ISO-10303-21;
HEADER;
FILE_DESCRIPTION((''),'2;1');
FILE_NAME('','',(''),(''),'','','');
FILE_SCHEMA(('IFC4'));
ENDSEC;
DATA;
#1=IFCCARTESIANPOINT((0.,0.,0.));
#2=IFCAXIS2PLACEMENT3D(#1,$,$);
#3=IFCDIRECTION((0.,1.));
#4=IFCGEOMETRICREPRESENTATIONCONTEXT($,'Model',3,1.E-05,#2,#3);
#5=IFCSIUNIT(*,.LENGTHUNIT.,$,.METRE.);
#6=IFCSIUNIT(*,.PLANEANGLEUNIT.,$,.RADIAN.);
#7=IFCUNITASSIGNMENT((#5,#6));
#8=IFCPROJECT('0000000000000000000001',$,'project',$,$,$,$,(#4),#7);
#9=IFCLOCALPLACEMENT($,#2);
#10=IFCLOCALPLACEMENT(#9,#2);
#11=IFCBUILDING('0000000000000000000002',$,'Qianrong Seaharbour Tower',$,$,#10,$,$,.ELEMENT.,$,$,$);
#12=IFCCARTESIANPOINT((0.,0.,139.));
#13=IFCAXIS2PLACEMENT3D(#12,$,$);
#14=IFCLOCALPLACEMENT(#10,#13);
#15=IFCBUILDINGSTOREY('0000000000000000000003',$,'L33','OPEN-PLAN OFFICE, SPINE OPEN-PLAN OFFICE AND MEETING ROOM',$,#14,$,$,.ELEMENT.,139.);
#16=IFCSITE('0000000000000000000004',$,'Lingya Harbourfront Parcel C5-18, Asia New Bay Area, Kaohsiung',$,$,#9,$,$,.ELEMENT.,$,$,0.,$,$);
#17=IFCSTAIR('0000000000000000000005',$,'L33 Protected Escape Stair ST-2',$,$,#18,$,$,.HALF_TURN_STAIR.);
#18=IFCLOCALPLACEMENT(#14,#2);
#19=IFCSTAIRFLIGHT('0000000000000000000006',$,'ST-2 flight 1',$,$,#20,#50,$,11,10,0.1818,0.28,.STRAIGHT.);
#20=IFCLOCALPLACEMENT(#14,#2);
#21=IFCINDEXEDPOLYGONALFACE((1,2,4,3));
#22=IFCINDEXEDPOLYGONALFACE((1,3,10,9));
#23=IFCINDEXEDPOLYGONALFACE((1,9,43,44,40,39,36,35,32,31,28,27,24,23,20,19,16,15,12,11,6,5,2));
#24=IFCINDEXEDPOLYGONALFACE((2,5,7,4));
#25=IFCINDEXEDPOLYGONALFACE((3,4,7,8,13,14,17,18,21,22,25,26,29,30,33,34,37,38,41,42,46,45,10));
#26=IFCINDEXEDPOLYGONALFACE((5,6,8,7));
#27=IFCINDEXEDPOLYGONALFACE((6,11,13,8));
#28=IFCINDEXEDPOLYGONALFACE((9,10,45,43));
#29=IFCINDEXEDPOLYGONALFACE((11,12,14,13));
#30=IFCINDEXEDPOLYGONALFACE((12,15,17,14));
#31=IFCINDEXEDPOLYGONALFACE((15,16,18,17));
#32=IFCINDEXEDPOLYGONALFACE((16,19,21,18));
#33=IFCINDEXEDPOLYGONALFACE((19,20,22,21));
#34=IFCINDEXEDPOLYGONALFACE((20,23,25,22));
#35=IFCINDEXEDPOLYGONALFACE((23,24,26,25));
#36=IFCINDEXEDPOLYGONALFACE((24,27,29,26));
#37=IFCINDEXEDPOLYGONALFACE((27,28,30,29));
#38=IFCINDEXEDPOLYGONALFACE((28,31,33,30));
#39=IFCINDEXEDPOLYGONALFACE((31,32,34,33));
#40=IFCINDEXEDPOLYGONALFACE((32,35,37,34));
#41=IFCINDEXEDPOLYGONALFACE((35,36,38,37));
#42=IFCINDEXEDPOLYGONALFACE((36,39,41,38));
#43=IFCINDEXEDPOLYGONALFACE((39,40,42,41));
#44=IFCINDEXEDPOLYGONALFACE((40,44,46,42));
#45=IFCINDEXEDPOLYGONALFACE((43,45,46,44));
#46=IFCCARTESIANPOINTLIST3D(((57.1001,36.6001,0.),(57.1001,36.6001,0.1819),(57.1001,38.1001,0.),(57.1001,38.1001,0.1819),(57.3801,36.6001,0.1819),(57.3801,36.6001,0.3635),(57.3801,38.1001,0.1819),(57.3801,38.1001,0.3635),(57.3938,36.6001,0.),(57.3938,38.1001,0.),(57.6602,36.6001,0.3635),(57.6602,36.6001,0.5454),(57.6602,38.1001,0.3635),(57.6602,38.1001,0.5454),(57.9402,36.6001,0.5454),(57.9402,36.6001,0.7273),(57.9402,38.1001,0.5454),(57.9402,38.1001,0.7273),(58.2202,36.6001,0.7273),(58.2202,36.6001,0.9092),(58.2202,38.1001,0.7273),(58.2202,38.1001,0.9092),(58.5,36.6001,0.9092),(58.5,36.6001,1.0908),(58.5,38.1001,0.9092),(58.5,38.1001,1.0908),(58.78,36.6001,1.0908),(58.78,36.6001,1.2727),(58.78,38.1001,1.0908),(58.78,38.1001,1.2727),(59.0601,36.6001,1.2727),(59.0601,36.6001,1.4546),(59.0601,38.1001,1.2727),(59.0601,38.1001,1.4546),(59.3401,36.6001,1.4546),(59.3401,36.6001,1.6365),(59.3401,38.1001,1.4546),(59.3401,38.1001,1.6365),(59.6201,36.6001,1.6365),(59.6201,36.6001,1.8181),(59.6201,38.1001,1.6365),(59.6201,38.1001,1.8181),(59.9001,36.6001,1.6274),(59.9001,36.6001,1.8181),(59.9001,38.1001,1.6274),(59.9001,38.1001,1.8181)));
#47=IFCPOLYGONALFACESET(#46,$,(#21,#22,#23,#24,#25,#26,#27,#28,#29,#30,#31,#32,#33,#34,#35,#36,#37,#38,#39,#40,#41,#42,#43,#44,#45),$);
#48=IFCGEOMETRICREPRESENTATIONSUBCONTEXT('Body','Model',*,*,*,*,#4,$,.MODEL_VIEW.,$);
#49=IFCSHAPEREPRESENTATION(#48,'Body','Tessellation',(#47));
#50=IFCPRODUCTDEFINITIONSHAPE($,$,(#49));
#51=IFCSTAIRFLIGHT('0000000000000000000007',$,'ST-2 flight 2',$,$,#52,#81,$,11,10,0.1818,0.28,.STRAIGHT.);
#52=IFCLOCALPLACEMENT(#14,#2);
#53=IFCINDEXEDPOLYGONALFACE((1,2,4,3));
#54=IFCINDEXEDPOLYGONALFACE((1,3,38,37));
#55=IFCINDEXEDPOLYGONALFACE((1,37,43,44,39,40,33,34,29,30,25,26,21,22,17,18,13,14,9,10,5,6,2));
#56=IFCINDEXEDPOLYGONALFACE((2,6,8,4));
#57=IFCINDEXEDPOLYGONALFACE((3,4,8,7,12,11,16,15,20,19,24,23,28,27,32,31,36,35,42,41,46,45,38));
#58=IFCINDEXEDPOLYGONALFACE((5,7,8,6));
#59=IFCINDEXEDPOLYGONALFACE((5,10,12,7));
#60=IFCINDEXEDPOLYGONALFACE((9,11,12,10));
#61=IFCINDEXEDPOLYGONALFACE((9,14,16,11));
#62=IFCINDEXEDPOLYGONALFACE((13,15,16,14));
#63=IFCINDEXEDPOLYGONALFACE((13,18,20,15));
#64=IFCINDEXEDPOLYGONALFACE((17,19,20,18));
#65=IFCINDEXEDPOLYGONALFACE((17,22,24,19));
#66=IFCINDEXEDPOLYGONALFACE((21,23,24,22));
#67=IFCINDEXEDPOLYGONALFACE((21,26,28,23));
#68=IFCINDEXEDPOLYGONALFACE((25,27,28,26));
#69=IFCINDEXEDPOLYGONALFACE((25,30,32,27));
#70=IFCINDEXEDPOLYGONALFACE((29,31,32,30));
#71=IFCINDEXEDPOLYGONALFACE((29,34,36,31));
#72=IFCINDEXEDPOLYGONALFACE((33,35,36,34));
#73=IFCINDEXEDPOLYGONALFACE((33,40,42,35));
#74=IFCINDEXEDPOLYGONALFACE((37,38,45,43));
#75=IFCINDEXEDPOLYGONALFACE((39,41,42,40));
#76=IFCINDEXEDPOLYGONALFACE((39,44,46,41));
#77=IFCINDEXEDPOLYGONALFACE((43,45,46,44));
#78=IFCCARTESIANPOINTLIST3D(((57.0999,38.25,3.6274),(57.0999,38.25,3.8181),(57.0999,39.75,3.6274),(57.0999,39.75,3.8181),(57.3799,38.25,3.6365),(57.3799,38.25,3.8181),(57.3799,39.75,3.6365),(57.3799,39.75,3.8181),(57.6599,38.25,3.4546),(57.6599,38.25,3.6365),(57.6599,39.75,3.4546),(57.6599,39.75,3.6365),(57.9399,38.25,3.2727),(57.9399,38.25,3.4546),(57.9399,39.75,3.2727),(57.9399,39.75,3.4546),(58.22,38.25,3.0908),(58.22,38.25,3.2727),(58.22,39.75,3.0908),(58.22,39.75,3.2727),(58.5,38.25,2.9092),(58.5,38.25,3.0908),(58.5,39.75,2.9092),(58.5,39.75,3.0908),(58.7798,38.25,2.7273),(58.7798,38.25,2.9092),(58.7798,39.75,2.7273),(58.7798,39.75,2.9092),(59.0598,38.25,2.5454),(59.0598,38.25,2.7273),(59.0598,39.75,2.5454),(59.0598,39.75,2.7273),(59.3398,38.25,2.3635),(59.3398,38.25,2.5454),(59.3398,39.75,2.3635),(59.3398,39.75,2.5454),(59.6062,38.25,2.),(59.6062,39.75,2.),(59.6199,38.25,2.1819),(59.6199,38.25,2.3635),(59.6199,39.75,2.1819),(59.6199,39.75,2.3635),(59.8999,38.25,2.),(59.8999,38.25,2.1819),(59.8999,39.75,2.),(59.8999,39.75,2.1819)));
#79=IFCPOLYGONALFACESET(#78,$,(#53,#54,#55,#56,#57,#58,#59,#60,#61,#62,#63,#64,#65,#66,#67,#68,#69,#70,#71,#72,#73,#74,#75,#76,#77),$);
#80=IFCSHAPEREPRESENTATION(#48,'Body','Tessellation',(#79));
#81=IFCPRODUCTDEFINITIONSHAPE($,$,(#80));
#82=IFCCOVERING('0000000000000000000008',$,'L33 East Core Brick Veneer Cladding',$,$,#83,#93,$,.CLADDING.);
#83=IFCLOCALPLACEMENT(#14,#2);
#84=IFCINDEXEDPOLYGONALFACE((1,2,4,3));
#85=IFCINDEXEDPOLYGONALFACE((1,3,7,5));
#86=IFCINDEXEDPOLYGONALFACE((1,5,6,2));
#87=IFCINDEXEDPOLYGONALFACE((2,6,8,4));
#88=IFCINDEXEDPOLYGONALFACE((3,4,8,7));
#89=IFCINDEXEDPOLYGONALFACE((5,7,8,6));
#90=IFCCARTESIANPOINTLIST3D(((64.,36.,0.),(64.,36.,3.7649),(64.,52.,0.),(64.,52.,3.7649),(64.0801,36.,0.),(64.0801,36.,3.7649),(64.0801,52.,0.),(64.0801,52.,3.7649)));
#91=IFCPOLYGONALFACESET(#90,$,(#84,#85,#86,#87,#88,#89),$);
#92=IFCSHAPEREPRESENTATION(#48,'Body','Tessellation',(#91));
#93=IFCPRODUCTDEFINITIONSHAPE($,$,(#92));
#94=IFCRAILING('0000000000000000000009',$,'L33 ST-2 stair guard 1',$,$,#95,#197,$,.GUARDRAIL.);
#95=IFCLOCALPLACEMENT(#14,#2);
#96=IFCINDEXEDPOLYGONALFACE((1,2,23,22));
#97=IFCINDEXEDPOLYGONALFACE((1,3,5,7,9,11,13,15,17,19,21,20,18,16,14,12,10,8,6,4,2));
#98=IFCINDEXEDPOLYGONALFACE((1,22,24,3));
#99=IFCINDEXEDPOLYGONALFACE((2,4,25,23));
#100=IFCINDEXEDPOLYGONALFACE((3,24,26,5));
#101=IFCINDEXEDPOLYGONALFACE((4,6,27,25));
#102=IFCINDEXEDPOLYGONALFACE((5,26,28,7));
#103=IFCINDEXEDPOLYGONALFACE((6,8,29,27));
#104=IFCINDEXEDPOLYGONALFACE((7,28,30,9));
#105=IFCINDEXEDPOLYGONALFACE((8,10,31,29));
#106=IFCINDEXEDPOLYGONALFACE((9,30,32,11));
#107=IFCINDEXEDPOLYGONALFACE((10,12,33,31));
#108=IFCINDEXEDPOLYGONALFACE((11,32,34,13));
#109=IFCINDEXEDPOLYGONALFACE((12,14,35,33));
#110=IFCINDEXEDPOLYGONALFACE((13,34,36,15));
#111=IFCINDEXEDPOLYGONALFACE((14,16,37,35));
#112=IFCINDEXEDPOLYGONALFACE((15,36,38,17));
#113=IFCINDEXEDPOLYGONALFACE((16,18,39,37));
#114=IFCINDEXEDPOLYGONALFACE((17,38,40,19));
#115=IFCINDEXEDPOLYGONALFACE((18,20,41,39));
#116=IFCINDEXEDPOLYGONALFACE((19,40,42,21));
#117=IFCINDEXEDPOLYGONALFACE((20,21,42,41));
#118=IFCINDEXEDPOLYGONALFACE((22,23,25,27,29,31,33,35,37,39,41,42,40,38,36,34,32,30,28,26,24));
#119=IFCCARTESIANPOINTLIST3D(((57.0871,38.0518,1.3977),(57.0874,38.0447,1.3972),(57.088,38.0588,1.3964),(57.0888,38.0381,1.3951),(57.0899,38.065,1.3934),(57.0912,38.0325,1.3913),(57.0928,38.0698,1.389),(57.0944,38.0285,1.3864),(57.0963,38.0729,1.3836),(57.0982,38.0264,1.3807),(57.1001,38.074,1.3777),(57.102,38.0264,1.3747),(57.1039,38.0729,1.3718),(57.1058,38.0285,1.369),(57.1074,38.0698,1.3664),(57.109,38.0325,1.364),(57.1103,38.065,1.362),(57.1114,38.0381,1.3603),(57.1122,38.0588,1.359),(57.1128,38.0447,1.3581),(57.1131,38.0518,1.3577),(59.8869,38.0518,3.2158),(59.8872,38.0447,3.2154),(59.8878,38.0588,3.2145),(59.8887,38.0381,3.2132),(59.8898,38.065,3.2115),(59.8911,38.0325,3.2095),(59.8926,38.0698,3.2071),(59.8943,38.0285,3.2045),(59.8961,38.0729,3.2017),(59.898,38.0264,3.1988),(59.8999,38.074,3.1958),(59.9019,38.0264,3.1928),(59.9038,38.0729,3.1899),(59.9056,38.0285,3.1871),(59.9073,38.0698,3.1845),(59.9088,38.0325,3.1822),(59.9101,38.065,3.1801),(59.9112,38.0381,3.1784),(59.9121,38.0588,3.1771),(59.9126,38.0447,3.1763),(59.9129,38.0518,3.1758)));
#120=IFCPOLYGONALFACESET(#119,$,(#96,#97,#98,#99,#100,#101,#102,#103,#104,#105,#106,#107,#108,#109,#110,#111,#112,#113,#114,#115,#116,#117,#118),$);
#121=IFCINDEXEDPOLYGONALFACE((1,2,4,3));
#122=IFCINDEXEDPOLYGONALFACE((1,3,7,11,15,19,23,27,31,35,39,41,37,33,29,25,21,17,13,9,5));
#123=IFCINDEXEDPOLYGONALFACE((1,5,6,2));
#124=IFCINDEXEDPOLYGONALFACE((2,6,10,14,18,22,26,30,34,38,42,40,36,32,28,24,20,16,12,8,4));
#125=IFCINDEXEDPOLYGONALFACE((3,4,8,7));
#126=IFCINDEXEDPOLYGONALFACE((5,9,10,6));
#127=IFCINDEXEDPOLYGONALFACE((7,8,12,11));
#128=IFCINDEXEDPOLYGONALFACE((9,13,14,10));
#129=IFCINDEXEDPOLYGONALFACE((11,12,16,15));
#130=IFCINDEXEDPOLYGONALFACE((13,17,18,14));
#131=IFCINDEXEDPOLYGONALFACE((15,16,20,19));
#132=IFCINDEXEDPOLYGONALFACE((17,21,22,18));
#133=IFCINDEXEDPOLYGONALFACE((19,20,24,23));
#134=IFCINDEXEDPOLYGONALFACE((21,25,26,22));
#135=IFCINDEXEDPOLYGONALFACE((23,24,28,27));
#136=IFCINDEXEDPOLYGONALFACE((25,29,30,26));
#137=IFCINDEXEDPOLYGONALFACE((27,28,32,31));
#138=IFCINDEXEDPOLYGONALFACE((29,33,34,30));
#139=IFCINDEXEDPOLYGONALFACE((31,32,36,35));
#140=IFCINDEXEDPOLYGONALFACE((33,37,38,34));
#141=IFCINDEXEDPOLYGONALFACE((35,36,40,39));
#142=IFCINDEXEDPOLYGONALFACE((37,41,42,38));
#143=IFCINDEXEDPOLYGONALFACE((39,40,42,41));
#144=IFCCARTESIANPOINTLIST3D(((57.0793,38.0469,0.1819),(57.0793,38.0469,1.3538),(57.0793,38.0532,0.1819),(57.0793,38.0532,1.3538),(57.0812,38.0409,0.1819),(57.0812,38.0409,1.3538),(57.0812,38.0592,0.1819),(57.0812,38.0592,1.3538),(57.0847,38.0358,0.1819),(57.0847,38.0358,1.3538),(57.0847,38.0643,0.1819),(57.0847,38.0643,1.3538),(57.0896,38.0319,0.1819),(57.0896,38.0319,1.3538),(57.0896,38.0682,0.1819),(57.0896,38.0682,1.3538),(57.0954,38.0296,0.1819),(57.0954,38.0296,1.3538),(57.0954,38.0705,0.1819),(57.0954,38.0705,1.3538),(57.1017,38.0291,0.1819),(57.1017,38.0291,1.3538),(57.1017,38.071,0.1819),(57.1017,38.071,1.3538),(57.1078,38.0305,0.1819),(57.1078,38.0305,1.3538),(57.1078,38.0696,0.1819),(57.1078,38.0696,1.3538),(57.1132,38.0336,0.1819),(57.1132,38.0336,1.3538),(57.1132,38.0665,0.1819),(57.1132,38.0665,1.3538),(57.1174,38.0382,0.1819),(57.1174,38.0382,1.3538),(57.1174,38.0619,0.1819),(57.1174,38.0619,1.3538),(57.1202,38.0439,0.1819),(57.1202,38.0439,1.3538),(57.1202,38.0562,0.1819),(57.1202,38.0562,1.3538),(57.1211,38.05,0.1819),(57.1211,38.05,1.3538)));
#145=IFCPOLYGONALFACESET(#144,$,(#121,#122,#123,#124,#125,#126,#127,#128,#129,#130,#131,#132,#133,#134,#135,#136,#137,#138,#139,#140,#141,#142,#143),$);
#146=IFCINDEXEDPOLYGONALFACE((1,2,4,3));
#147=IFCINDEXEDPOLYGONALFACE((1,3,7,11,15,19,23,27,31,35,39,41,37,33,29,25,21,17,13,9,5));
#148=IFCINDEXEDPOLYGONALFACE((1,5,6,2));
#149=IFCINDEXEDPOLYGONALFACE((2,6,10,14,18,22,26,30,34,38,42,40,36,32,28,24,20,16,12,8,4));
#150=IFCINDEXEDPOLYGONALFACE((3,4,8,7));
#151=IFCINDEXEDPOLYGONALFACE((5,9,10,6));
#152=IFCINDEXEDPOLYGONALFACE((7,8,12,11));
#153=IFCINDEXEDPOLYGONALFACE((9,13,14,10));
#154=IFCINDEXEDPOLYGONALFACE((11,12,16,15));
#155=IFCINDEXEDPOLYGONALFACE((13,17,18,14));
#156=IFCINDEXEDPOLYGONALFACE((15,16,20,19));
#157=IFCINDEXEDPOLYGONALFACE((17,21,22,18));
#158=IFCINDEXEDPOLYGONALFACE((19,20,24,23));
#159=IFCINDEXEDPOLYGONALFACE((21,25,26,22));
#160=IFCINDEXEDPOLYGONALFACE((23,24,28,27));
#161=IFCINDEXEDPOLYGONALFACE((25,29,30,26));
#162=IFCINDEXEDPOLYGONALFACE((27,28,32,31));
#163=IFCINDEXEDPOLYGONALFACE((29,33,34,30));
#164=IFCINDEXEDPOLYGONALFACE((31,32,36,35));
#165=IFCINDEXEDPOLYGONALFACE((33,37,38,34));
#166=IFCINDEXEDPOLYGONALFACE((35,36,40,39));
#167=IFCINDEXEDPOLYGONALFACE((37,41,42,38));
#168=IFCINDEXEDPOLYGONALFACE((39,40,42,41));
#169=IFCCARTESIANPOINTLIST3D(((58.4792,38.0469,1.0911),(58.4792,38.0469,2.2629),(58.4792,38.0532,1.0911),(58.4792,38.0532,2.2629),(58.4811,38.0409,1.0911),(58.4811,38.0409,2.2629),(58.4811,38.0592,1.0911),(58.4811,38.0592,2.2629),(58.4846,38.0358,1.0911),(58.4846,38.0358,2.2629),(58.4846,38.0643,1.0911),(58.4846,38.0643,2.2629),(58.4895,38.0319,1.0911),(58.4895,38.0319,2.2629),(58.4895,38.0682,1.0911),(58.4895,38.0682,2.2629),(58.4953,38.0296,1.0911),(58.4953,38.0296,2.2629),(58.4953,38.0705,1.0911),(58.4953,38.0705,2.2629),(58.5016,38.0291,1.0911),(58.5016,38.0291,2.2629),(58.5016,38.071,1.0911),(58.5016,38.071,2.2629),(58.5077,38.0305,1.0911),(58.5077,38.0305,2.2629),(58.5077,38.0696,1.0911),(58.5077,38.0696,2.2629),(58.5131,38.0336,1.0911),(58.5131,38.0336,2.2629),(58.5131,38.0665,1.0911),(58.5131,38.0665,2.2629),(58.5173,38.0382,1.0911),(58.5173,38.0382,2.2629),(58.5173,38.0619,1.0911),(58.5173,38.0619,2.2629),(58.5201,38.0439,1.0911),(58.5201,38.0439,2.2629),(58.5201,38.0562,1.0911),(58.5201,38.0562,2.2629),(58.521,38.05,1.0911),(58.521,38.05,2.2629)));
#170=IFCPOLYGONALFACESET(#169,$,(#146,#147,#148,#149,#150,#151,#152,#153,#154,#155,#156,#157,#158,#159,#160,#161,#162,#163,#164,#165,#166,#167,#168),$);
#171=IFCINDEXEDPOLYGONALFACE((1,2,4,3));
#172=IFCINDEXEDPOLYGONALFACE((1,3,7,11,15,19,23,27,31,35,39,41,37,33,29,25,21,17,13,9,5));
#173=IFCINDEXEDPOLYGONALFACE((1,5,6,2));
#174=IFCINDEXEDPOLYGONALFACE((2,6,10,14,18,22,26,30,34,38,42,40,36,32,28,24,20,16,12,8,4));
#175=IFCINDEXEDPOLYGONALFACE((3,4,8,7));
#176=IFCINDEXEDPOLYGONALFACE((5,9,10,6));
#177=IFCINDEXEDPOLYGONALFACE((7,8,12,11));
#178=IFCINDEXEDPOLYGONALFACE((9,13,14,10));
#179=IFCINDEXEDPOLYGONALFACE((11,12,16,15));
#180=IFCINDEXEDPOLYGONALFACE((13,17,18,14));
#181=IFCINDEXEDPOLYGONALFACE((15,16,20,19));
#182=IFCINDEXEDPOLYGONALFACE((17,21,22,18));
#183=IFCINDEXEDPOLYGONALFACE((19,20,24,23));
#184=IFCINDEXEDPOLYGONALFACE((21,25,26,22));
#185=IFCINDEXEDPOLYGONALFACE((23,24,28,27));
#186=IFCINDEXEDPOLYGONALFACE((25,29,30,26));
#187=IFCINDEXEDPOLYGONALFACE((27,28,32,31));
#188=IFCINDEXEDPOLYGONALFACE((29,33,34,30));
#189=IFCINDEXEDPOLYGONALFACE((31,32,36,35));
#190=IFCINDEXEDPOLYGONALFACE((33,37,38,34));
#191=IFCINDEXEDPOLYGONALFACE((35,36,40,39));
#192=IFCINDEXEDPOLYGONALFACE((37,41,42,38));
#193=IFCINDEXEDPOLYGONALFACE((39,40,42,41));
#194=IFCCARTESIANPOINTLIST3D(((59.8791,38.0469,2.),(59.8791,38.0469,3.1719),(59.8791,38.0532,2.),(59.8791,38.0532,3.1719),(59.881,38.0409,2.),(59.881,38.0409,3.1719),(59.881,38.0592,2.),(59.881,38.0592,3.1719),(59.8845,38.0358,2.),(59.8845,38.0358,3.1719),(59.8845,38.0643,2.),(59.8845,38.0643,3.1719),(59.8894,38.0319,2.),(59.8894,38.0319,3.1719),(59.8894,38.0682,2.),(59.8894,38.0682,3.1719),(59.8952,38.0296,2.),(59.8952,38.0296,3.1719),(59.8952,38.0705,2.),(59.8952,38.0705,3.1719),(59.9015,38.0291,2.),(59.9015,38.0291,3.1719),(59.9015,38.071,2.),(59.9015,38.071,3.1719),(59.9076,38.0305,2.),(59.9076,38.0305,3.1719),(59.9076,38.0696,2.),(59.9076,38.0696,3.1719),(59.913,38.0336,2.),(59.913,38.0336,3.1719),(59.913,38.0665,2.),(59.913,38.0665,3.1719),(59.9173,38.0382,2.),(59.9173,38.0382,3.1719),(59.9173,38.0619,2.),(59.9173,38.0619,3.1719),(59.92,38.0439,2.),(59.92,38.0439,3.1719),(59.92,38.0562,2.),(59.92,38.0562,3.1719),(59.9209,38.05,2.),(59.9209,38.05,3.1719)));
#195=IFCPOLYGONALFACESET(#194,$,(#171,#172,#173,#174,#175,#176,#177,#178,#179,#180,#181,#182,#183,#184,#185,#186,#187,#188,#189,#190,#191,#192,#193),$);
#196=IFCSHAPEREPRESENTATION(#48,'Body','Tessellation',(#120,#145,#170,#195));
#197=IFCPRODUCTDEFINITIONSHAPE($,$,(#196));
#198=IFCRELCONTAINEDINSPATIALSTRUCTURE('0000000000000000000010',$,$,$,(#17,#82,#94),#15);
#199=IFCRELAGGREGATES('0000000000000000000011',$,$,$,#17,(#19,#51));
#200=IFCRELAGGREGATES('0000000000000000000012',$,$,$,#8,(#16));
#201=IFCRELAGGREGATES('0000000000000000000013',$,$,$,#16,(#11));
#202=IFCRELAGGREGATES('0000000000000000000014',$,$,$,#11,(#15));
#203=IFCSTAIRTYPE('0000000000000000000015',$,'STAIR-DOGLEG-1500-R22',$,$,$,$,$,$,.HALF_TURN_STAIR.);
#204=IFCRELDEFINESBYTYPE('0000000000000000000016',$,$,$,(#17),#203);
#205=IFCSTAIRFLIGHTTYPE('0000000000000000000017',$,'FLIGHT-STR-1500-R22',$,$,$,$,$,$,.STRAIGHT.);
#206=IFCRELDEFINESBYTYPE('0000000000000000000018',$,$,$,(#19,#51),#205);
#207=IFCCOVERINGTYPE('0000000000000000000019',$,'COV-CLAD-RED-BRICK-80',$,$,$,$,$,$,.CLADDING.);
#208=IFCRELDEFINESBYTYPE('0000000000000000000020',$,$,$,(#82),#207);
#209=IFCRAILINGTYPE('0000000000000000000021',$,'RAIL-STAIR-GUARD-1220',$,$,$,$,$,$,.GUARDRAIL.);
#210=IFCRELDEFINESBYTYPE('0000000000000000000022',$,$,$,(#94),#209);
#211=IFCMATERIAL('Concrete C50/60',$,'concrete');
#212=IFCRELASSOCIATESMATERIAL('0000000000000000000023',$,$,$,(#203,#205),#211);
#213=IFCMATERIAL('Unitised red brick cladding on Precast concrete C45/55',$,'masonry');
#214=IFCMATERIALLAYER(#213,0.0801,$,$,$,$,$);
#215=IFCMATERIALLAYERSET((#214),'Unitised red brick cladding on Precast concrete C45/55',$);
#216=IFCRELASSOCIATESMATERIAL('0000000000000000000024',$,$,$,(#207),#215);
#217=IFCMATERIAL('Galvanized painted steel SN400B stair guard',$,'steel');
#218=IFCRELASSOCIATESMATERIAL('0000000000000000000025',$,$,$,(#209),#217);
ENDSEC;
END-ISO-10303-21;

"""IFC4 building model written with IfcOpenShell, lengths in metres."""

from ifc_helpers import new_model, si_unit, direction, frame, origin, origin_2d, place, context, subcontext, project, spatial, polyline, rectangle, circle, outline, extrude, material, layer, layer_set, type_object, element, aggregate, save


model = new_model("IFC4")

# Units and contexts
model_context = context("Model", 3, precision=1e-05, world=origin(), true_north=direction((0.0, 1.0)))
body_context = subcontext(model_context, "Body", "Model", "MODEL_VIEW")
ifc_project = project(units=[si_unit("LENGTHUNIT", "METRE"), si_unit("PLANEANGLEUNIT", "RADIAN")], contexts=[model_context])

# Site, building, storey
site_placement = place(None, origin())
site = spatial("IfcSite", under=ifc_project, at=site_placement, Name="Lingya Harbourfront Parcel C5-18, Asia New Bay Area, Kaohsiung", CompositionType="ELEMENT", RefElevation=0.0)
building_placement = place(site_placement, origin())
building = spatial("IfcBuilding", under=site, at=building_placement, Name="Qianrong Seaharbour Tower", CompositionType="ELEMENT")
storey_placement = place(building_placement, frame((0.0, 0.0, 139.0)))
storey = spatial("IfcBuildingStorey", under=building, at=storey_placement, Name="L33", Description="OPEN-PLAN OFFICE, SPINE OPEN-PLAN OFFICE AND MEETING ROOM", CompositionType="ELEMENT", Elevation=139.0)

# Shared definitions
ifc_material_1 = material(Name="Concrete C50/60", Category="concrete")

# Stair, stair flights
stair_type = type_object("IfcStairType", Name="STAIR-DOGLEG-1500-R22", PredefinedType="HALF_TURN_STAIR", material=ifc_material_1)
stair_placement = place(storey_placement, origin())
stair = element("IfcStair", 1, at=stair_placement, inside=storey, type_object=stair_type, Name="L33 Protected Escape Stair ST-2", PredefinedType="HALF_TURN_STAIR")
stair_flight_type = type_object("IfcStairFlightType", Name="FLIGHT-STR-1500-R22", PredefinedType="STRAIGHT", material=ifc_material_1)
stair_flight_1_placement = place(storey_placement, frame((57.1001, 37.3501, 0.0), z_axis=(0.0, 0.0, 1.0), x_axis=(1.0, 0.0, 0.0)))
stair_flight_1 = element("IfcStairFlight", 2, at=stair_flight_1_placement, type_object=stair_flight_type, Name="ST-2 flight 1", NumberOfRisers=11, NumberOfTreads=10, PredefinedType="STRAIGHT", RiserHeight=0.1818, TreadLength=0.28, context=body_context, shape_type="SweptSolid", body=[
    extrude(outline(polyline([(0.0, 0.0), (0.0, 0.1819), (0.28, 0.1819), (0.28, 0.3635), (0.5601, 0.3635), (0.5601, 0.5454), (0.8401, 0.5454), (0.8401, 0.7273), (1.1201, 0.7273), (1.1201, 0.9092), (1.3999, 0.9092), (1.3999, 1.0908), (1.6799, 1.0908), (1.6799, 1.2727), (1.96, 1.2727), (1.96, 1.4546), (2.24, 1.4546), (2.24, 1.6365), (2.52, 1.6365), (2.52, 1.8181), (2.8, 1.8181), (2.8, 2.0), (2.8, 1.6274), (0.2937, 0.0), (0.0, 0.0)])), frame((0.0, 0.75, 0.0), z_axis=(0.0, -1.0, 0.0), x_axis=(1.0, 0.0, 0.0)), (0.0, 0.0, 1.0), 1.5),
])
stair_flight_2_placement = place(storey_placement, frame((59.8999, 39.0, 2.0), z_axis=(0.0, 0.0, 1.0), x_axis=(-1.0, 0.0, 0.0)))
stair_flight_2 = element("IfcStairFlight", 3, at=stair_flight_2_placement, type_object=stair_flight_type, Name="ST-2 flight 2", NumberOfRisers=11, NumberOfTreads=10, PredefinedType="STRAIGHT", RiserHeight=0.1818, TreadLength=0.28, context=body_context, shape_type="SweptSolid", body=[
    extrude(outline(polyline([(0.0, 0.0), (0.0, 0.1819), (0.28, 0.1819), (0.28, 0.3635), (0.5601, 0.3635), (0.5601, 0.5454), (0.8401, 0.5454), (0.8401, 0.7273), (1.1201, 0.7273), (1.1201, 0.9092), (1.3999, 0.9092), (1.3999, 1.0908), (1.6799, 1.0908), (1.6799, 1.2727), (1.96, 1.2727), (1.96, 1.4546), (2.24, 1.4546), (2.24, 1.6365), (2.52, 1.6365), (2.52, 1.8181), (2.8, 1.8181), (2.8, 2.0), (2.8, 1.6274), (0.2937, 0.0), (0.0, 0.0)])), frame((0.0, 0.75, 0.0), z_axis=(0.0, -1.0, 0.0), x_axis=(1.0, 0.0, 0.0)), (0.0, 0.0, 1.0), 1.5),
])
aggregate(stair, [stair_flight_1, stair_flight_2])

# Covering
ifc_material_2 = material(Name="Unitised red brick cladding on Precast concrete C45/55", Category="masonry")
ifc_layer_1 = layer(ifc_material_2, 0.0801)
ifc_layer_set_1 = layer_set([ifc_layer_1], Name="Unitised red brick cladding on Precast concrete C45/55")
covering_type = type_object("IfcCoveringType", Name="COV-CLAD-RED-BRICK-80", PredefinedType="CLADDING", material=ifc_layer_set_1)
covering_placement = place(storey_placement, frame((64.04, 44.0, 0.0), z_axis=(0.0, 0.0, 1.0), x_axis=(1.0, 0.0, 0.0)))
element("IfcCovering", 4, at=covering_placement, inside=storey, type_object=covering_type, Name="L33 East Core Brick Veneer Cladding", PredefinedType="CLADDING", context=body_context, shape_type="SweptSolid", body=[
    extrude(rectangle(XDim=0.0801, YDim=16.0, at=origin_2d()), origin(), (0.0, 0.0, 1.0), 3.7649),
])

# Railing
ifc_material_3 = material(Name="Galvanized painted steel SN400B stair guard", Category="steel")
railing_type_1 = type_object("IfcRailingType", Name="RAIL-STAIR-GUARD-1220", PredefinedType="GUARDRAIL", material=ifc_material_3)
railing_1_placement = place(storey_placement, frame((57.1001, 38.05, 0.1819)))
element("IfcRailing", 5, at=railing_1_placement, inside=storey, type_object=railing_type_1, Name="L33 ST-2 stair guard 1", PredefinedType="GUARDRAIL", context=body_context, shape_type="SweptSolid", body=[
    extrude(circle(Radius=0.0239, at=origin_2d()), frame((0.0, 0.0, 1.1958), z_axis=(0.838684, 0.0, 0.544618), x_axis=(0.0, 1.0, 0.0)), (0.0, 0.0, 1.0), 3.3384),
    extrude(circle(Radius=0.021, at=origin_2d()), origin(), (0.0, 0.0, 1.0), 1.1719),
    extrude(circle(Radius=0.021, at=origin_2d()), frame((1.3999, 0.0, 0.9092)), (0.0, 0.0, 1.0), 1.1719),
    extrude(circle(Radius=0.021, at=origin_2d()), frame((2.7998, 0.0, 1.8181)), (0.0, 0.0, 1.0), 1.1719),
])

save(model, "model.ifc")
